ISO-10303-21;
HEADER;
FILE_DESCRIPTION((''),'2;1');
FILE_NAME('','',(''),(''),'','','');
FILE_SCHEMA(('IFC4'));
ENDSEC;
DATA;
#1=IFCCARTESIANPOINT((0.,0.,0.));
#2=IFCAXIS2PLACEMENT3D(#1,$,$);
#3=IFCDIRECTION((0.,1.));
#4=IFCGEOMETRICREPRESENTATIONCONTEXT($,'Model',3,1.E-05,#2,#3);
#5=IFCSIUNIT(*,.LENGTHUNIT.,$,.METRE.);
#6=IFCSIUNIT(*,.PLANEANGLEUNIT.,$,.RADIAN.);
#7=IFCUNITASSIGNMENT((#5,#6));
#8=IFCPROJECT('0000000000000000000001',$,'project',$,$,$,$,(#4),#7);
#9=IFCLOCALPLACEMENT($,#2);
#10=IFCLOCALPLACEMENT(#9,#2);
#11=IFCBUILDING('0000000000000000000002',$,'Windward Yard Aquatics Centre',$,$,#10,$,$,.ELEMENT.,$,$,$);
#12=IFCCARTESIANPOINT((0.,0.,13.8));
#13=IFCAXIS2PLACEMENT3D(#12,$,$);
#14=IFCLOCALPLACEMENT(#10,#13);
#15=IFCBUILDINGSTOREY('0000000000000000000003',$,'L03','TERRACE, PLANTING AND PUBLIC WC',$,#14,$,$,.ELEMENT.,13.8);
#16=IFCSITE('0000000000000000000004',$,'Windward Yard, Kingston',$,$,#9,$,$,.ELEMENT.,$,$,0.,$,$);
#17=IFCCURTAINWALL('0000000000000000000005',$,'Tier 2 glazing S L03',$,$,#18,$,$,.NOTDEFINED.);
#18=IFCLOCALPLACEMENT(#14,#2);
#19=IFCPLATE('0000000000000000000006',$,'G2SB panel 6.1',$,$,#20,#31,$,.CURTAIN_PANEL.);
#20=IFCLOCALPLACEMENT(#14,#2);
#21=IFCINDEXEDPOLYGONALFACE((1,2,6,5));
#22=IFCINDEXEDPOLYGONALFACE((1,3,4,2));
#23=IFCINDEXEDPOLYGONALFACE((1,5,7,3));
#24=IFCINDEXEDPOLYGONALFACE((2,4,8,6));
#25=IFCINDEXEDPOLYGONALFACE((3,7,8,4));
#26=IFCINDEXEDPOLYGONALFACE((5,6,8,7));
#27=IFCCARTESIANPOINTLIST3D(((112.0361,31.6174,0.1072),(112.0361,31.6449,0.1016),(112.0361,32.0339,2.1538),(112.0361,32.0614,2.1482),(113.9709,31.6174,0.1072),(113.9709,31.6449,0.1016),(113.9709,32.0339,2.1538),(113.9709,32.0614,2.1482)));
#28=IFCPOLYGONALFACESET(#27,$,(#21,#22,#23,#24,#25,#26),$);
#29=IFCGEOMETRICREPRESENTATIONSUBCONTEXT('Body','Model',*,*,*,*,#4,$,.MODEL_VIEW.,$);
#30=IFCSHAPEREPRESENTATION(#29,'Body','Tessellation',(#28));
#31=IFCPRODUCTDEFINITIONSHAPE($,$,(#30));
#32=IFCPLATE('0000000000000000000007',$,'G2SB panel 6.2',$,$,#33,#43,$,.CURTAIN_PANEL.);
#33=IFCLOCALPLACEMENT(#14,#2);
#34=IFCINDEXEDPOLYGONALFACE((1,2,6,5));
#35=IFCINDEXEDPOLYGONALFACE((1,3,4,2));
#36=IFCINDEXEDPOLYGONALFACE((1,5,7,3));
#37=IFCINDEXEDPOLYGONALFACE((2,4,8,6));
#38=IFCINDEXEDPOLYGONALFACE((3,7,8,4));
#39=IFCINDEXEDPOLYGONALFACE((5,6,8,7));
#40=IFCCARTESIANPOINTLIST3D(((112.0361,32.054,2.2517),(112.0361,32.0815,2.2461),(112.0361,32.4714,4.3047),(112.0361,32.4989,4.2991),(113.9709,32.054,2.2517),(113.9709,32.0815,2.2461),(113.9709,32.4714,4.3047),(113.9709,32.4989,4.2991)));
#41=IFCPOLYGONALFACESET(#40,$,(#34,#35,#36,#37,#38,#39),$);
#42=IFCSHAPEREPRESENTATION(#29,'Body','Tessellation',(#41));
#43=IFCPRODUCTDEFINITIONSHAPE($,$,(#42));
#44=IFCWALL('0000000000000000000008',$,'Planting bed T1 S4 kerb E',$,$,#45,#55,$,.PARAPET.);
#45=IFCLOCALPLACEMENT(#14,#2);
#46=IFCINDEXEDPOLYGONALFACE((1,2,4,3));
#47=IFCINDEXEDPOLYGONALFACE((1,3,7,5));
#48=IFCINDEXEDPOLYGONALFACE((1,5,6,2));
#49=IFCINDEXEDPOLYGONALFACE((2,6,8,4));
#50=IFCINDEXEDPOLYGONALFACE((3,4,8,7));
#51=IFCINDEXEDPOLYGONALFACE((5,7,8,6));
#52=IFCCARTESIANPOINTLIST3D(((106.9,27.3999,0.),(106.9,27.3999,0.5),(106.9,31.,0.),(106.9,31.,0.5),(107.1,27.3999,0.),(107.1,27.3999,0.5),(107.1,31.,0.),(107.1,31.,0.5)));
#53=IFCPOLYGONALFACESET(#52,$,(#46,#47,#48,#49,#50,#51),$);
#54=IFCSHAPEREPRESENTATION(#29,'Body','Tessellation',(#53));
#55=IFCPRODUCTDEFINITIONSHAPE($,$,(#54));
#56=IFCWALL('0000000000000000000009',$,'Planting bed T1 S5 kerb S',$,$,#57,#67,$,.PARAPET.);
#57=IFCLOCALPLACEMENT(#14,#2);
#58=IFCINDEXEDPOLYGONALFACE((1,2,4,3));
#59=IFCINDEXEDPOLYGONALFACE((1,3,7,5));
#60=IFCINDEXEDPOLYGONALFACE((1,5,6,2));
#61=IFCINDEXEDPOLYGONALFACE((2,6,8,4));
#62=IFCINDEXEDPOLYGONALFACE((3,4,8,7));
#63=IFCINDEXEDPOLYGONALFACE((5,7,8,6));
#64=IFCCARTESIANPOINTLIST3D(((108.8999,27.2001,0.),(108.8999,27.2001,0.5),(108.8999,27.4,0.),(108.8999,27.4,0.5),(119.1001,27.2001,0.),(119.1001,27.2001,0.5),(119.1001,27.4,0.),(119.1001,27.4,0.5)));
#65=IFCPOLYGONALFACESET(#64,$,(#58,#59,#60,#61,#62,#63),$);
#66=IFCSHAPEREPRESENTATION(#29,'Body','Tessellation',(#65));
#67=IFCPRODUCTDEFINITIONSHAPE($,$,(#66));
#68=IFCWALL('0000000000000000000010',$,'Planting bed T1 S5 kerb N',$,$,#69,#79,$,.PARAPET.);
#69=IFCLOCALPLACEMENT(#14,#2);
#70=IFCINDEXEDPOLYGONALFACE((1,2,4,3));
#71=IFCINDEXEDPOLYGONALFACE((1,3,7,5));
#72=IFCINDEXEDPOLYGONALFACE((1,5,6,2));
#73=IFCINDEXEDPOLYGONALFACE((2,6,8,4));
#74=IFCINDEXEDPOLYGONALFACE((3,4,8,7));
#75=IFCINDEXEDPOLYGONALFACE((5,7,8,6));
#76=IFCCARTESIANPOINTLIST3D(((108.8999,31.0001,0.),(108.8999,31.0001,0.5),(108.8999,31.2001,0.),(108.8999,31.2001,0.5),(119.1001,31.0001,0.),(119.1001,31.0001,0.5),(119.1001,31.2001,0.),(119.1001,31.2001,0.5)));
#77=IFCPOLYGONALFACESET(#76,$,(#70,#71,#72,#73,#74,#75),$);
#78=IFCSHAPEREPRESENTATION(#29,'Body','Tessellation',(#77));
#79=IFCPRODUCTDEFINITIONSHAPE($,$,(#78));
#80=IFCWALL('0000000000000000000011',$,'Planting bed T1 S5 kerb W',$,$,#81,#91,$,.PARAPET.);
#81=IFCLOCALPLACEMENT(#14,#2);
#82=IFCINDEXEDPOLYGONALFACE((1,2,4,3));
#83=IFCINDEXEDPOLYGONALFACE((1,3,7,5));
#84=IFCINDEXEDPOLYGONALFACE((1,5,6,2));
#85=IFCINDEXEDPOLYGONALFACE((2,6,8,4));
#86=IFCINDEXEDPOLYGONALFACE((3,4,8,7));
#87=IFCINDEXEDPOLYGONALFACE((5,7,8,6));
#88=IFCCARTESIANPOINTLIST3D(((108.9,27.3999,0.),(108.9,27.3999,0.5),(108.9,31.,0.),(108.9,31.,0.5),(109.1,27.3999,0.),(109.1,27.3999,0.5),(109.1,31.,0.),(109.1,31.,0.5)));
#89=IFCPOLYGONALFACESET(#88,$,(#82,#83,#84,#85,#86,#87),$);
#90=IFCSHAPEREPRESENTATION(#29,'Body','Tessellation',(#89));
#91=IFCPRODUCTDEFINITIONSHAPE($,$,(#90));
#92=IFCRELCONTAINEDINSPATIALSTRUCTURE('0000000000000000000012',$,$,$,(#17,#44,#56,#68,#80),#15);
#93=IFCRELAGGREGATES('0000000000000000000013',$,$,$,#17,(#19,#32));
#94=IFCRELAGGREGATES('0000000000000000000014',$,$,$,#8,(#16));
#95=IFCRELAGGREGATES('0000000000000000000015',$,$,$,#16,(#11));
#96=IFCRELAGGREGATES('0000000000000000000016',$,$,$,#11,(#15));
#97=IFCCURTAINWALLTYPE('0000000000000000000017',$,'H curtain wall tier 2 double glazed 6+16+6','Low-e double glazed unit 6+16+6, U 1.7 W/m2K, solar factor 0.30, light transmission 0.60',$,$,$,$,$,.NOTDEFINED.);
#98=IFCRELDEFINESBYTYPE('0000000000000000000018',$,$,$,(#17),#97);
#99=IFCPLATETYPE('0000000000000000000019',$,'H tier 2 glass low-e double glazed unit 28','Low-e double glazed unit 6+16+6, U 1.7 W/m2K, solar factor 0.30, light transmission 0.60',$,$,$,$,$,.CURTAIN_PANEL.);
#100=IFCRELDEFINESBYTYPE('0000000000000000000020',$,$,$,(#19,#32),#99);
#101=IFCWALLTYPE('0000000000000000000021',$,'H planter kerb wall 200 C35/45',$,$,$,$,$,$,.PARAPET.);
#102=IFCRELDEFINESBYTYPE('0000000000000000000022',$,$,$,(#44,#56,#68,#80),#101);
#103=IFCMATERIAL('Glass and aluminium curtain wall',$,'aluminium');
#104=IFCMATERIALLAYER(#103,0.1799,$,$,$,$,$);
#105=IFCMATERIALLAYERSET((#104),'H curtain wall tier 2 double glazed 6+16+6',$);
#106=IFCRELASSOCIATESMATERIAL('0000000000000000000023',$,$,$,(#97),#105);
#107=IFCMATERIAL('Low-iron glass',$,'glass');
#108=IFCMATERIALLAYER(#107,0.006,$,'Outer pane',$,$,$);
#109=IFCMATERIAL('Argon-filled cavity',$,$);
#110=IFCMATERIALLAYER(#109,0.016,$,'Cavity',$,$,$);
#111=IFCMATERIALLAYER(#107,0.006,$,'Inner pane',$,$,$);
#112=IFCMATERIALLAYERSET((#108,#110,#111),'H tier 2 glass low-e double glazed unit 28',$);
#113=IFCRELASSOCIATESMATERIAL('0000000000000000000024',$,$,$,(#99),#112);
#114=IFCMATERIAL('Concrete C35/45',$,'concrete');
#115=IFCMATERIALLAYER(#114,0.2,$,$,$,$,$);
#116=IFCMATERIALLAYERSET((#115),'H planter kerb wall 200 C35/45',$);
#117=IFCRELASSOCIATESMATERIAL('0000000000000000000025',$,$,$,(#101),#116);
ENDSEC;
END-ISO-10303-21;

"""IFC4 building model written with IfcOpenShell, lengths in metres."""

from ifc_helpers import new_model, si_unit, direction, frame, frame_2d, origin, place, context, subcontext, project, spatial, polyline, rectangle, outline, extrude, material, layer, layer_set, type_object, element, aggregate, save


model = new_model("IFC4")

# Units and contexts
model_context = context("Model", 3, precision=1e-05, world=origin(), true_north=direction((0.0, 1.0)))
body_context = subcontext(model_context, "Body", "Model", "MODEL_VIEW")
ifc_project = project(units=[si_unit("LENGTHUNIT", "METRE"), si_unit("PLANEANGLEUNIT", "RADIAN")], contexts=[model_context])

# Site, building, storey
site_placement = place(None, origin())
site = spatial("IfcSite", under=ifc_project, at=site_placement, Name="Windward Yard, Kingston", CompositionType="ELEMENT", RefElevation=0.0)
building_placement = place(site_placement, origin())
building = spatial("IfcBuilding", under=site, at=building_placement, Name="Windward Yard Aquatics Centre", CompositionType="ELEMENT")
storey_placement = place(building_placement, frame((0.0, 0.0, 13.8)))
storey = spatial("IfcBuildingStorey", under=building, at=storey_placement, Name="L03", Description="TERRACE, PLANTING AND PUBLIC WC", CompositionType="ELEMENT", Elevation=13.8)

# Curtain wall
ifc_material_1 = material(Name="Glass and aluminium curtain wall", Category="aluminium")
ifc_layer_1 = layer(ifc_material_1, 0.1799)
ifc_layer_set_1 = layer_set([ifc_layer_1], Name="H curtain wall tier 2 double glazed 6+16+6")
curtain_wall_type = type_object("IfcCurtainWallType", Name="H curtain wall tier 2 double glazed 6+16+6", Description="Low-e double glazed unit 6+16+6, U 1.7 W/m2K, solar factor 0.30, light transmission 0.60", PredefinedType="NOTDEFINED", material=ifc_layer_set_1)
curtain_wall_placement = place(storey_placement, origin())
curtain_wall = element("IfcCurtainWall", 1, at=curtain_wall_placement, inside=storey, type_object=curtain_wall_type, Name="Tier 2 glazing S L03", PredefinedType="NOTDEFINED")

# Plates
ifc_material_2 = material(Name="Low-iron glass", Category="glass")
ifc_layer_2 = layer(ifc_material_2, 0.006, Name="Outer pane")
ifc_material_3 = material(Name="Argon-filled cavity")
ifc_layer_3 = layer(ifc_material_3, 0.016, Name="Cavity")
ifc_layer_4 = layer(ifc_material_2, 0.006, Name="Inner pane")
ifc_layer_set_2 = layer_set([ifc_layer_2, ifc_layer_3, ifc_layer_4], Name="H tier 2 glass low-e double glazed unit 28")
plate_type = type_object("IfcPlateType", Name="H tier 2 glass low-e double glazed unit 28", Description="Low-e double glazed unit 6+16+6, U 1.7 W/m2K, solar factor 0.30, light transmission 0.60", PredefinedType="CURTAIN_PANEL", material=ifc_layer_set_2)
plate_1_placement = place(storey_placement, frame((112.0361, 31.6174, 0.1072), z_axis=(0.0, -0.979914, 0.199419), x_axis=(1.0, 0.0, 0.0)))
plate_1 = element("IfcPlate", 2, at=plate_1_placement, type_object=plate_type, Name="G2SB panel 6.1", PredefinedType="CURTAIN_PANEL", context=body_context, shape_type="SweptSolid", body=[
    extrude(outline(polyline([(0.0, 0.0), (1.9348, 0.0), (1.9348, 2.0886), (0.0, 2.0886), (0.0, 0.0)])), origin(), (0.0, 0.0, -1.0), 0.0281),
])
plate_2_placement = place(storey_placement, frame((112.0361, 32.054, 2.2517), z_axis=(0.0, -0.979944, 0.199275), x_axis=(1.0, 0.0, 0.0)))
plate_2 = element("IfcPlate", 3, at=plate_2_placement, type_object=plate_type, Name="G2SB panel 6.2", PredefinedType="CURTAIN_PANEL", context=body_context, shape_type="SweptSolid", body=[
    extrude(outline(polyline([(0.0, 0.0), (1.9348, 0.0), (1.9348, 2.095), (0.0, 2.095), (0.0, 0.0)])), origin(), (0.0, 0.0, -1.0), 0.0281),
])
aggregate(curtain_wall, [plate_1, plate_2])

# Walls
ifc_material_4 = material(Name="Concrete C35/45", Category="concrete")
ifc_layer_5 = layer(ifc_material_4, 0.2)
ifc_layer_set_3 = layer_set([ifc_layer_5], Name="H planter kerb wall 200 C35/45")
wall_type = type_object("IfcWallType", Name="H planter kerb wall 200 C35/45", PredefinedType="PARAPET", material=ifc_layer_set_3)
wall_1_placement = place(storey_placement, frame((107.0, 27.3999, 0.0), z_axis=(0.0, 0.0, 1.0), x_axis=(0.0, 1.0, 0.0)))
element("IfcWall", 4, at=wall_1_placement, inside=storey, type_object=wall_type, Name="Planting bed T1 S4 kerb E", PredefinedType="PARAPET", context=body_context, shape_type="SweptSolid", body=[
    extrude(rectangle(XDim=3.6001, YDim=0.2, at=frame_2d((1.8, 0.0))), origin(), (0.0, 0.0, 1.0), 0.5),
])
for number, where, z_axis, x_axis, name in (
    (5, (108.8999, 27.3, 0.0), (0.0, 0.0, 1.0), (1.0, 0.0, 0.0), "Planting bed T1 S5 kerb S"),
    (6, (108.8999, 31.1001, 0.0), (0.0, 0.0, 1.0), (1.0, 0.0, 0.0), "Planting bed T1 S5 kerb N"),
):
    element("IfcWall", number, at=place(storey_placement, frame(where, z_axis=z_axis, x_axis=x_axis)), inside=storey, type_object=wall_type, Name=name, PredefinedType="PARAPET", context=body_context, shape_type="SweptSolid", body=[
        extrude(rectangle(XDim=10.2002, YDim=0.2, at=frame_2d((5.1001, 0.0))), origin(), (0.0, 0.0, 1.0), 0.5),
    ])
wall_2_placement = place(storey_placement, frame((109.0, 27.3999, 0.0), z_axis=(0.0, 0.0, 1.0), x_axis=(0.0, 1.0, 0.0)))
element("IfcWall", 7, at=wall_2_placement, inside=storey, type_object=wall_type, Name="Planting bed T1 S5 kerb W", PredefinedType="PARAPET", context=body_context, shape_type="SweptSolid", body=[
    extrude(rectangle(XDim=3.6001, YDim=0.2, at=frame_2d((1.8, 0.0))), origin(), (0.0, 0.0, 1.0), 0.5),
])

save(model, "model.ifc")
